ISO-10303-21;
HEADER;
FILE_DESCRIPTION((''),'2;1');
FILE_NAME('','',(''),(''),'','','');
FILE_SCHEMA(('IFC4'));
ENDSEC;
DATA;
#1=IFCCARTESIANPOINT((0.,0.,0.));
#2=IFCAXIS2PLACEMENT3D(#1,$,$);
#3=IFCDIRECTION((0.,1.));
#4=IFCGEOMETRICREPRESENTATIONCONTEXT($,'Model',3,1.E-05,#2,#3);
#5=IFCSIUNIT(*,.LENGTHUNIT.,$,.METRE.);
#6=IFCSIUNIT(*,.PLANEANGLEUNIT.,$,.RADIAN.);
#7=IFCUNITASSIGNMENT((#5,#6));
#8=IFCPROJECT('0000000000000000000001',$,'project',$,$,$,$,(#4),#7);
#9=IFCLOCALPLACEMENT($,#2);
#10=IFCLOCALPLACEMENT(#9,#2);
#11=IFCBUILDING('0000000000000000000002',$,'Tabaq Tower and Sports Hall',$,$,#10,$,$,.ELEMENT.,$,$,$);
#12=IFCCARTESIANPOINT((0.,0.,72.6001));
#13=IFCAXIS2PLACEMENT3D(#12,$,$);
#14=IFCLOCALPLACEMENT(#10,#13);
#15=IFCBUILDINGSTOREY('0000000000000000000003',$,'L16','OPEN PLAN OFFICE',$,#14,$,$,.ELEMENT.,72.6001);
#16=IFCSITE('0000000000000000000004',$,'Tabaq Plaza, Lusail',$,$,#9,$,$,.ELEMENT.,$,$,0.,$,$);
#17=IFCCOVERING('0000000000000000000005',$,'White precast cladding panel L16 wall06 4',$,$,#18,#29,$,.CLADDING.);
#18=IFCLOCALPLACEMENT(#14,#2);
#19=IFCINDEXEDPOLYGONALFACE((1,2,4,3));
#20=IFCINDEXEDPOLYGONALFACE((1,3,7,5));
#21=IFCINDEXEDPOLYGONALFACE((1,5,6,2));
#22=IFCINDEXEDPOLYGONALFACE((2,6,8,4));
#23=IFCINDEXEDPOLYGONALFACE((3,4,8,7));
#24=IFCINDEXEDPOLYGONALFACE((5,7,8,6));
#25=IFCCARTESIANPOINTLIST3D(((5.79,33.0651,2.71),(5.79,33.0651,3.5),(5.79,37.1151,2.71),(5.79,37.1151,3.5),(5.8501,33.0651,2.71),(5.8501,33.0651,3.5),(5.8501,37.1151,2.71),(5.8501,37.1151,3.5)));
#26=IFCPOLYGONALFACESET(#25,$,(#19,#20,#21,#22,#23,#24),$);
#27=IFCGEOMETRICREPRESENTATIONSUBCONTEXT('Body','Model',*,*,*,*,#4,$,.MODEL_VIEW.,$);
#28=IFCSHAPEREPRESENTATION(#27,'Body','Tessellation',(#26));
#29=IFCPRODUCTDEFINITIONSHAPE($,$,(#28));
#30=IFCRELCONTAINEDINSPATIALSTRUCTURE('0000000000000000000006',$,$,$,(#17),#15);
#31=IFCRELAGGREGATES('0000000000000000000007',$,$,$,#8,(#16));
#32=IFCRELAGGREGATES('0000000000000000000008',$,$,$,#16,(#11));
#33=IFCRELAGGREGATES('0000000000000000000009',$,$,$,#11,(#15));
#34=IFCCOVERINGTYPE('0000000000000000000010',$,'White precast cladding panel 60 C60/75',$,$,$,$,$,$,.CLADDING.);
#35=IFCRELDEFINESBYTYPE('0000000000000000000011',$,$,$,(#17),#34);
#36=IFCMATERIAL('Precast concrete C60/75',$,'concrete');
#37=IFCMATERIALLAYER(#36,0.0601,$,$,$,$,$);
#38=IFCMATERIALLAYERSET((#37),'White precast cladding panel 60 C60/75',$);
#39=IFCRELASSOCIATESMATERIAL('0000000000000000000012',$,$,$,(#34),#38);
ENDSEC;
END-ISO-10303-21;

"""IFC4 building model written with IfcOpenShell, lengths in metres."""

from ifc_helpers import new_model, si_unit, direction, frame, frame_2d, origin, place, context, subcontext, project, spatial, rectangle, extrude, material, layer, layer_set, type_object, element, save


model = new_model("IFC4")

# Units and contexts
model_context = context("Model", 3, precision=1e-05, world=origin(), true_north=direction((0.0, 1.0)))
body_context = subcontext(model_context, "Body", "Model", "MODEL_VIEW")
ifc_project = project(units=[si_unit("LENGTHUNIT", "METRE"), si_unit("PLANEANGLEUNIT", "RADIAN")], contexts=[model_context])

# Site, building, storey
site_placement = place(None, origin())
site = spatial("IfcSite", under=ifc_project, at=site_placement, Name="Tabaq Plaza, Lusail", CompositionType="ELEMENT", RefElevation=0.0)
building_placement = place(site_placement, origin())
building = spatial("IfcBuilding", under=site, at=building_placement, Name="Tabaq Tower and Sports Hall", CompositionType="ELEMENT")
storey_placement = place(building_placement, frame((0.0, 0.0, 72.6001)))
storey = spatial("IfcBuildingStorey", under=building, at=storey_placement, Name="L16", Description="OPEN PLAN OFFICE", CompositionType="ELEMENT", Elevation=72.6001)

# Covering
ifc_material_1 = material(Name="Precast concrete C60/75", Category="concrete")
ifc_layer_1 = layer(ifc_material_1, 0.0601)
ifc_layer_set_1 = layer_set([ifc_layer_1], Name="White precast cladding panel 60 C60/75")
covering_type_1 = type_object("IfcCoveringType", Name="White precast cladding panel 60 C60/75", PredefinedType="CLADDING", material=ifc_layer_set_1)
covering_1_placement = place(storey_placement, frame((5.8201, 37.115, 2.71), z_axis=(0.0, 0.0, 1.0), x_axis=(0.0, -1.0, 0.0)))
element("IfcCovering", 1, at=covering_1_placement, inside=storey, type_object=covering_type_1, Name="White precast cladding panel L16 wall06 4", PredefinedType="CLADDING", context=body_context, shape_type="SweptSolid", body=[
    extrude(rectangle(XDim=4.05, YDim=0.0601, at=frame_2d((2.0249, 0.0))), origin(), (0.0, 0.0, 1.0), 0.79),
])

save(model, "model.ifc")
